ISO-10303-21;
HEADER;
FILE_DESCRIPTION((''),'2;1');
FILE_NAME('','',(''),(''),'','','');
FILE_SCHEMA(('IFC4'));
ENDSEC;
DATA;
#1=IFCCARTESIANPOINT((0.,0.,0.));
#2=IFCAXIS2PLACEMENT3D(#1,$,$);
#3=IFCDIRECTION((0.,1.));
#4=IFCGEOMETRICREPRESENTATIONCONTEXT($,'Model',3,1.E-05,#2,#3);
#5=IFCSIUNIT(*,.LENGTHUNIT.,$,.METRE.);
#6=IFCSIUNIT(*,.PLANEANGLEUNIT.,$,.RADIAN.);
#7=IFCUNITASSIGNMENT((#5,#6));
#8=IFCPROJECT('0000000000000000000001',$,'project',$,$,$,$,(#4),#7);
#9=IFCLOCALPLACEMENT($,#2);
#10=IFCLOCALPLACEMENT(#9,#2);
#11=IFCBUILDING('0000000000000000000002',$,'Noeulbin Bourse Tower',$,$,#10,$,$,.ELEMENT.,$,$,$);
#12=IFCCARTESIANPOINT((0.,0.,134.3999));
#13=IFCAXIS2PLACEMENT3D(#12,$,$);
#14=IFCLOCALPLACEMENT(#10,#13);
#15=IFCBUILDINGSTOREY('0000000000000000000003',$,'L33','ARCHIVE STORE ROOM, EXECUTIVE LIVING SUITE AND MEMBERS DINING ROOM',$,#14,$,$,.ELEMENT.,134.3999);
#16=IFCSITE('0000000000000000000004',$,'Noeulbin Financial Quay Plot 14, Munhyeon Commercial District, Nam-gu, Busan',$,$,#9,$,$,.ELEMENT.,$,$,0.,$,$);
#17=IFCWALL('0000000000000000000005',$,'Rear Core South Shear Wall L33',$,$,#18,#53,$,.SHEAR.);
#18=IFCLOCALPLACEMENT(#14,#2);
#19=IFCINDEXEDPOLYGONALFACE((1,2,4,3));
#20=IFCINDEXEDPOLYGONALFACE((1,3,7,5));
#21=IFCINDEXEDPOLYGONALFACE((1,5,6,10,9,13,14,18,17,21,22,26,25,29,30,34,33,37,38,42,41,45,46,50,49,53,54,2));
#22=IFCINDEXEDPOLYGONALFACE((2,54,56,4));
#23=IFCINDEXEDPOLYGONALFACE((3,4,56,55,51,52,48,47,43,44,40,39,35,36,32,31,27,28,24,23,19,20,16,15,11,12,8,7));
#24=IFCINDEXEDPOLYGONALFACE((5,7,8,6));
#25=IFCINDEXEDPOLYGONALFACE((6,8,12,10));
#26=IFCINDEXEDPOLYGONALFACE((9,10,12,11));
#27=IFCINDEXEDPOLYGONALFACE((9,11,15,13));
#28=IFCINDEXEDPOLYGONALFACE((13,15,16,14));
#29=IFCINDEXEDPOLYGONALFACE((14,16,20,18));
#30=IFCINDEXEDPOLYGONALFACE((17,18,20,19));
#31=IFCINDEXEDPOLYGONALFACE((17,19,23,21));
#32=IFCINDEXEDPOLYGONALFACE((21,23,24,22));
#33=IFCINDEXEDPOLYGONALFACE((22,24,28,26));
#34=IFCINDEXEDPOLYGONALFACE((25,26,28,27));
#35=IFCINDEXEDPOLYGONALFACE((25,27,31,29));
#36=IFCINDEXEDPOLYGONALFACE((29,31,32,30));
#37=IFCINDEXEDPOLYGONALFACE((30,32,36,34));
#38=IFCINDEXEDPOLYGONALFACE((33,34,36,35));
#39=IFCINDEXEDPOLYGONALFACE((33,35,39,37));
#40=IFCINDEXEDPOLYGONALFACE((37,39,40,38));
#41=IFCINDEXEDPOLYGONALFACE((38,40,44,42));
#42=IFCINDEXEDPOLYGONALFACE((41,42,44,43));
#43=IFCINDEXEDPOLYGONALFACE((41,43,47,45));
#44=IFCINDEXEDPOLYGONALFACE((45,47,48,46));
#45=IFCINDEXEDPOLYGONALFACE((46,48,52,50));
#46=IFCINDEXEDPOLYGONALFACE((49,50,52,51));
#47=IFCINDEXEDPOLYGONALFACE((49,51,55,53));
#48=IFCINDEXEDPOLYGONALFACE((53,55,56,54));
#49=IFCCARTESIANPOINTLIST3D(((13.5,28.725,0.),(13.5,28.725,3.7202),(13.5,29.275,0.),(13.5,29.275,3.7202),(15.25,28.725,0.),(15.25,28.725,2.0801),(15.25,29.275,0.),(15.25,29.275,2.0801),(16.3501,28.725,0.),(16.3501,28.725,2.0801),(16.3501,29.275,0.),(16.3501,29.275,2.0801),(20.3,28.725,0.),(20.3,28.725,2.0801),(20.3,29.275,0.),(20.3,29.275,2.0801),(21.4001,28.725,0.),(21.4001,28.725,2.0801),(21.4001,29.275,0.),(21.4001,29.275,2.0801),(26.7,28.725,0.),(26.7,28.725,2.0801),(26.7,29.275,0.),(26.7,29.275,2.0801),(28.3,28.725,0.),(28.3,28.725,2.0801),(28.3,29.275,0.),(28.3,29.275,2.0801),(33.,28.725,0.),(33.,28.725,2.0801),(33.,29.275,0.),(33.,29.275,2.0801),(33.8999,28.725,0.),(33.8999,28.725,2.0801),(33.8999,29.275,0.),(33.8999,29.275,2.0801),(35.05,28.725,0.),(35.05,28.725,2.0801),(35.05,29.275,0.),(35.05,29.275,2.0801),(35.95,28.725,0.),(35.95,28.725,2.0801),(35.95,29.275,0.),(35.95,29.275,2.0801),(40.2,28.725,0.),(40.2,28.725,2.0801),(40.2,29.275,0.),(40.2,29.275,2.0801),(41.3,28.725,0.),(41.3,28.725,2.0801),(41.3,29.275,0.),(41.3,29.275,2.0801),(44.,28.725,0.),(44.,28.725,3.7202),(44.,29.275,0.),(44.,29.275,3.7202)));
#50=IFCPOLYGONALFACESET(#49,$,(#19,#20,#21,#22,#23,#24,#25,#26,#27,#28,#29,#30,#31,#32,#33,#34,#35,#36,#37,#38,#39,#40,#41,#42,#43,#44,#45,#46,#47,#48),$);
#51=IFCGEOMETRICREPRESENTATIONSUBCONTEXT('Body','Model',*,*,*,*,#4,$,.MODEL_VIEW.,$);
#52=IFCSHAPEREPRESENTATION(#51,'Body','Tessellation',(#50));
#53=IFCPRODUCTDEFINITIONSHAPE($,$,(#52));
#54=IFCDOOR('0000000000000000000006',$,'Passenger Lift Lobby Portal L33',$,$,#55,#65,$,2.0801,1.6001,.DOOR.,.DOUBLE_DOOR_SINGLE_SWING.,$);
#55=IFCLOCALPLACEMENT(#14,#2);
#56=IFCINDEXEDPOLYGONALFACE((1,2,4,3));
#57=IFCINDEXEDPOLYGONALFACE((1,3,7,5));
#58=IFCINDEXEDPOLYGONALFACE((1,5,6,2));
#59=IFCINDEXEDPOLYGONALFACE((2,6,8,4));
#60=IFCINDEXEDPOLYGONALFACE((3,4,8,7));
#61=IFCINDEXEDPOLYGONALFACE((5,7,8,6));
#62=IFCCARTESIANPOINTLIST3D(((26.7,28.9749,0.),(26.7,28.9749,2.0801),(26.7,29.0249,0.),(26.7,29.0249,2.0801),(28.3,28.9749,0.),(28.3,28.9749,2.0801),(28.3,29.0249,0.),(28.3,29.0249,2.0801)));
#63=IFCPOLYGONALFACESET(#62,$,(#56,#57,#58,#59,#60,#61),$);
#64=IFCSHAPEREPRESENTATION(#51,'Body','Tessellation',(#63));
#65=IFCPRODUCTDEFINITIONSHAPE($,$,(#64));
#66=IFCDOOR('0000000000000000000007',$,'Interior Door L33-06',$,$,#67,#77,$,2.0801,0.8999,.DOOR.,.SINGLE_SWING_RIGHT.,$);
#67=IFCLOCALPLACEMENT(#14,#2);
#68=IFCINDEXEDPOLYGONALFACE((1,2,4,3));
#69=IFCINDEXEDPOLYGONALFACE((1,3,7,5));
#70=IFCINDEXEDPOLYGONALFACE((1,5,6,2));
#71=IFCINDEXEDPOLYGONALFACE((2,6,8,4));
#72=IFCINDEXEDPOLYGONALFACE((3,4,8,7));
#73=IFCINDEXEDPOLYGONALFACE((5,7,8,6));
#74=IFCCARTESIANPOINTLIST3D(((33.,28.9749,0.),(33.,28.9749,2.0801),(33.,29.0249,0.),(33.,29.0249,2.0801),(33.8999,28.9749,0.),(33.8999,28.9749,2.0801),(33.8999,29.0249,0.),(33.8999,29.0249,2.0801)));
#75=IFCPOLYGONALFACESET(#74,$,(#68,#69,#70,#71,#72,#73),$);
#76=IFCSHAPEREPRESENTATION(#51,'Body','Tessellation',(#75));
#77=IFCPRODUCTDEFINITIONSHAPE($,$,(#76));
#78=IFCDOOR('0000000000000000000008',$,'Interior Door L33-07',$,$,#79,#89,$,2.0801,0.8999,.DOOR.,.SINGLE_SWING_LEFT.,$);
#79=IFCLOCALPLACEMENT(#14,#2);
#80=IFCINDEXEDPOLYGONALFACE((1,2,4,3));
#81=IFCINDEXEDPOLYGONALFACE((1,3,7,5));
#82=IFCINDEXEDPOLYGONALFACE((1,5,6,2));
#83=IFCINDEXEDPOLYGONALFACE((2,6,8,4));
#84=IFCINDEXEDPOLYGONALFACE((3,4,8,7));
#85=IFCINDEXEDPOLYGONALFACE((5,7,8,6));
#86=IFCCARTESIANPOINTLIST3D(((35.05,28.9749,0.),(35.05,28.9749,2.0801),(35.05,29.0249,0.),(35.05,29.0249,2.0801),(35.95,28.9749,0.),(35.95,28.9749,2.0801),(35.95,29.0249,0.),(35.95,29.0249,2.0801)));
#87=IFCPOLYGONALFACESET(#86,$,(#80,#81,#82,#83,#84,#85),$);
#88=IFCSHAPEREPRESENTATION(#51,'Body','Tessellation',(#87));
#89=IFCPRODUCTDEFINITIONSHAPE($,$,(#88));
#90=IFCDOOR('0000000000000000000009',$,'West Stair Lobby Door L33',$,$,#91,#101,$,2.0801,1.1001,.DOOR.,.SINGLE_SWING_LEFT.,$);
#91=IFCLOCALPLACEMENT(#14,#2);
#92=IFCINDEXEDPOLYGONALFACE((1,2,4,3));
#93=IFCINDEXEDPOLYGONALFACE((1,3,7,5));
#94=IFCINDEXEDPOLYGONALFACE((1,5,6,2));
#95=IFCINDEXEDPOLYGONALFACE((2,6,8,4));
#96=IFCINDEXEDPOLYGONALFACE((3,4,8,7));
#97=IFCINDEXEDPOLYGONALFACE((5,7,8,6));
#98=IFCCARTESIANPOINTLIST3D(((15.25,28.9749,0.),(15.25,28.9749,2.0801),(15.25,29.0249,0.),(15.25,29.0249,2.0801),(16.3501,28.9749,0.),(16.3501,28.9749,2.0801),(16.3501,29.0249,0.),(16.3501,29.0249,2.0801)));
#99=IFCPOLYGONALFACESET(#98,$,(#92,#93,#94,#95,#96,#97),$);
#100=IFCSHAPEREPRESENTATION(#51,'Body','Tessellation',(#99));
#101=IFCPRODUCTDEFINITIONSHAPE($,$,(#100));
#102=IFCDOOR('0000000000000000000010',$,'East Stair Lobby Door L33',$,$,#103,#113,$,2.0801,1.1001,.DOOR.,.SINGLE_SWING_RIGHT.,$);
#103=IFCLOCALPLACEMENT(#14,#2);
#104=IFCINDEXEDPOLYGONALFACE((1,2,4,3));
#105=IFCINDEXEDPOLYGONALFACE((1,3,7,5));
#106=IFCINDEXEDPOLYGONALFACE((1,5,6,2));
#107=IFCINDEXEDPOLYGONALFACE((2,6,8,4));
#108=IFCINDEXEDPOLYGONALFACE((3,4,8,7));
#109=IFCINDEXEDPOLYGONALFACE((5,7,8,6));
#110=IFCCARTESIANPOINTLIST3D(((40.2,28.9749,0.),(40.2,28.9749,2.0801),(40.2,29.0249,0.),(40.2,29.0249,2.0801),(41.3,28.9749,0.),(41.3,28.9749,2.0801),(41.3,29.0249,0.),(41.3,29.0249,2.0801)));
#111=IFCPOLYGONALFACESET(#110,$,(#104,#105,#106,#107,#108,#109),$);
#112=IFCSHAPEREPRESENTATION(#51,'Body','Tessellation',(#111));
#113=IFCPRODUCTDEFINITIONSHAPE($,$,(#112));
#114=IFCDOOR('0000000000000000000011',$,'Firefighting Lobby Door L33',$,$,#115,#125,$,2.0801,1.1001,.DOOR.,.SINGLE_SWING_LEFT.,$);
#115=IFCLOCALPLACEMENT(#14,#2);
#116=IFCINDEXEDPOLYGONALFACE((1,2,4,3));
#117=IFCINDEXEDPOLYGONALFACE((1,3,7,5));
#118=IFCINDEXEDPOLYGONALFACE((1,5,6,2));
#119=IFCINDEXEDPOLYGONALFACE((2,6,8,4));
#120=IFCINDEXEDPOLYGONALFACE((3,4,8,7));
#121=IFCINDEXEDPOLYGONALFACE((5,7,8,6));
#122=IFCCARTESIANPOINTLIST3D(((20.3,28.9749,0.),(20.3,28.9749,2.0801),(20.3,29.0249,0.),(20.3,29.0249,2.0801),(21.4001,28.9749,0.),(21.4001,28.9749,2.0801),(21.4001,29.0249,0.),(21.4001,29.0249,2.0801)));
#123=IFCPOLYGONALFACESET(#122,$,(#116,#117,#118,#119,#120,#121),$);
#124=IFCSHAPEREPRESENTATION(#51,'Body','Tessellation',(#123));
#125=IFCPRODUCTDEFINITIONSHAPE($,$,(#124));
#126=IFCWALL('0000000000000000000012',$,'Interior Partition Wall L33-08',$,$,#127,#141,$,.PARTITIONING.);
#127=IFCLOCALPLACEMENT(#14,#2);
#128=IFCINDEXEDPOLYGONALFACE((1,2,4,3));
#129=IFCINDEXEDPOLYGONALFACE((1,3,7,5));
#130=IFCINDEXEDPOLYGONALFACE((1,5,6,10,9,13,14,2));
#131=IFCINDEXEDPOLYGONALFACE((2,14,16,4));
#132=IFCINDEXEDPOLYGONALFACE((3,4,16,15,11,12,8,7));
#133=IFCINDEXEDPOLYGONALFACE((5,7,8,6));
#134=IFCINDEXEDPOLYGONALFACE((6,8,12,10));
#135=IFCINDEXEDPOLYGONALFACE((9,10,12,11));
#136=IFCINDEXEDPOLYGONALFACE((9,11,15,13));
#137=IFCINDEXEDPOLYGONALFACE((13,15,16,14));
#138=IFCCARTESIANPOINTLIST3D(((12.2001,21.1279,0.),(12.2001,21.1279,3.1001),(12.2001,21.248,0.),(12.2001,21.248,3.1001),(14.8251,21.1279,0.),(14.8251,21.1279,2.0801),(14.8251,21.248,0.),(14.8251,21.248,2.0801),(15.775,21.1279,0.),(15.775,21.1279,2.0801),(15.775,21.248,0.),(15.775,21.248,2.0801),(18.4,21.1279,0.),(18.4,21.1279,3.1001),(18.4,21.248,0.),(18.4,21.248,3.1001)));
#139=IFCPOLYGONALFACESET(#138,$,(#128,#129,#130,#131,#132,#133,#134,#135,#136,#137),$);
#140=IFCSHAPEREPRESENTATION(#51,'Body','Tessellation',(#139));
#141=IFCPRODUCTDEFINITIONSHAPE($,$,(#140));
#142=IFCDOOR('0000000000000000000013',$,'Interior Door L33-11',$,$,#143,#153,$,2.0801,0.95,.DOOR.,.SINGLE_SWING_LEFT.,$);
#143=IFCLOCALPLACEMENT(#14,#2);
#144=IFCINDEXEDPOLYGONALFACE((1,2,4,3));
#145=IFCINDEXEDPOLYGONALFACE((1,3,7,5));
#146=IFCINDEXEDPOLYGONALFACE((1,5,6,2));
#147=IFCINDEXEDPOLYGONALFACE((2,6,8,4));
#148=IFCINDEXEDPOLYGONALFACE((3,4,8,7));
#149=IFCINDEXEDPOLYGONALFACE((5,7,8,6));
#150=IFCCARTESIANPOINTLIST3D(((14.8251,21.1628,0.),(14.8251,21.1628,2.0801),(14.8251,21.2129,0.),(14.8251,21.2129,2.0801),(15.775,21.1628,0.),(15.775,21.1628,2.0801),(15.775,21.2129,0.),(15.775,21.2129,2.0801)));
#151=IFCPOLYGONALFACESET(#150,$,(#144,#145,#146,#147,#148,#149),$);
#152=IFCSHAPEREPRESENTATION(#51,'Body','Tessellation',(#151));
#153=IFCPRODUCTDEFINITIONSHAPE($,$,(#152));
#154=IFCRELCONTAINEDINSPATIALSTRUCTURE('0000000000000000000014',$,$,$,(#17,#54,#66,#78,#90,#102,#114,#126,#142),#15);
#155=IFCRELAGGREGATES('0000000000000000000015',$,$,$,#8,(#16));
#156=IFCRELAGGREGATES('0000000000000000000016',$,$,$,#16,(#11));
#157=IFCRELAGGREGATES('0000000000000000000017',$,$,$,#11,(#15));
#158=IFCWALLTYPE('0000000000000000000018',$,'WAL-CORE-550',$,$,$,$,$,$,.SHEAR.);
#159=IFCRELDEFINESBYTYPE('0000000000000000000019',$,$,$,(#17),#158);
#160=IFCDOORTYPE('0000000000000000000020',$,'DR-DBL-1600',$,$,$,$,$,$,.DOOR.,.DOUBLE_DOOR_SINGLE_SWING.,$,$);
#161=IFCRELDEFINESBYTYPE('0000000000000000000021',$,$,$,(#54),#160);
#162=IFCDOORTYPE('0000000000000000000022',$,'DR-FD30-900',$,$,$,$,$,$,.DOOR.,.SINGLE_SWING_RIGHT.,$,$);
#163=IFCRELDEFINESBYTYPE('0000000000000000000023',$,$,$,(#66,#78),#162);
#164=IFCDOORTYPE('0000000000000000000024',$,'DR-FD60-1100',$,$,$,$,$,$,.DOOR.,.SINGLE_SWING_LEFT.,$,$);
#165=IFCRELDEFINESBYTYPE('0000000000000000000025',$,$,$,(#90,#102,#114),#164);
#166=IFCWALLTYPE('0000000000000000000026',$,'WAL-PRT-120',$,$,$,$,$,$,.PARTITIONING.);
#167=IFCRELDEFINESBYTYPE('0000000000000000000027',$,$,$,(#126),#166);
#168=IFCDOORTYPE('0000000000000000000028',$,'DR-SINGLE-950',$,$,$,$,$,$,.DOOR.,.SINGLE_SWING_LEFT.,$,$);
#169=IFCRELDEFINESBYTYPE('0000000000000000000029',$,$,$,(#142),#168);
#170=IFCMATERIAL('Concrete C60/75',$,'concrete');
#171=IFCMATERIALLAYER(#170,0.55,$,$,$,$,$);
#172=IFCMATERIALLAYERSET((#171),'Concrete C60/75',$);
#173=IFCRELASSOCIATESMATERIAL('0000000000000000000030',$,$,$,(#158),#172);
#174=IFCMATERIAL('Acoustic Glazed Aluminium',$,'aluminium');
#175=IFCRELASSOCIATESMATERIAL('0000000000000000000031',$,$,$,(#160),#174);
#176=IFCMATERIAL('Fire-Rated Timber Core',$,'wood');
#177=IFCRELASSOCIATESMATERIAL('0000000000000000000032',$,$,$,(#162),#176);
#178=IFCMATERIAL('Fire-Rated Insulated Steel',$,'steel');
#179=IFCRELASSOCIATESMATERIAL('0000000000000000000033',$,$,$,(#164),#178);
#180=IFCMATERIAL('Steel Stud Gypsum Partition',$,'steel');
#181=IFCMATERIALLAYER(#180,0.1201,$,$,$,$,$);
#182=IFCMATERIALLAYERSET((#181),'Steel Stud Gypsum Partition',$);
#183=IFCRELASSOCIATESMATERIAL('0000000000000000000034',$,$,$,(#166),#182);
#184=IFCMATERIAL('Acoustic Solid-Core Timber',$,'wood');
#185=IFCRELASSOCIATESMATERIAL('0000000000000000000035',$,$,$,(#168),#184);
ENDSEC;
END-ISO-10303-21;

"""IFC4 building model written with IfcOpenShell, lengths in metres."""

from ifc_helpers import new_model, si_unit, direction, frame, frame_2d, origin, place, context, subcontext, project, spatial, rectangle, extrude, material, layer, layer_set, type_object, element, fill, save


model = new_model("IFC4")

# Units and contexts
model_context = context("Model", 3, precision=1e-05, world=origin(), true_north=direction((0.0, 1.0)))
body_context = subcontext(model_context, "Body", "Model", "MODEL_VIEW")
ifc_project = project(units=[si_unit("LENGTHUNIT", "METRE"), si_unit("PLANEANGLEUNIT", "RADIAN")], contexts=[model_context])

# Site, building, storey
site_placement = place(None, origin())
site = spatial("IfcSite", under=ifc_project, at=site_placement, Name="Noeulbin Financial Quay Plot 14, Munhyeon Commercial District, Nam-gu, Busan", CompositionType="ELEMENT", RefElevation=0.0)
building_placement = place(site_placement, origin())
building = spatial("IfcBuilding", under=site, at=building_placement, Name="Noeulbin Bourse Tower", CompositionType="ELEMENT")
storey_placement = place(building_placement, frame((0.0, 0.0, 134.3999)))
storey = spatial("IfcBuildingStorey", under=building, at=storey_placement, Name="L33", Description="ARCHIVE STORE ROOM, EXECUTIVE LIVING SUITE AND MEMBERS DINING ROOM", CompositionType="ELEMENT", Elevation=134.3999)

# Wall, openings, doors
ifc_material_1 = material(Name="Concrete C60/75", Category="concrete")
ifc_layer_1 = layer(ifc_material_1, 0.55)
ifc_layer_set_1 = layer_set([ifc_layer_1], Name="Concrete C60/75")
wall_type_1 = type_object("IfcWallType", Name="WAL-CORE-550", PredefinedType="SHEAR", material=ifc_layer_set_1)
wall_1_placement = place(storey_placement, frame((13.5, 29.0, 0.0), z_axis=(0.0, 0.0, 1.0), x_axis=(1.0, 0.0, 0.0)))
wall_1 = element("IfcWall", 1, at=wall_1_placement, inside=storey, type_object=wall_type_1, Name="Rear Core South Shear Wall L33", PredefinedType="SHEAR", context=body_context, shape_type="SweptSolid", body=[
    extrude(rectangle(XDim=30.5, YDim=0.55, at=frame_2d((15.25, 0.0))), origin(), (0.0, 0.0, 1.0), 3.7202),
])
opening_1_placement = place(wall_1_placement, frame((1.75, 0.0, 0.0)))
opening_1 = element("IfcOpeningElement", 2, at=opening_1_placement, cuts=wall_1, PredefinedType="OPENING", context=body_context, shape_type="SweptSolid", body=[
    extrude(rectangle(XDim=1.1001, YDim=2.0801, at=frame_2d((0.55, 1.04))), frame((0.0, 0.2849, 0.0), z_axis=(0.0, -1.0, 0.0), x_axis=(1.0, 0.0, 0.0)), (0.0, 0.0, 1.0), 0.5701),
])
opening_2_placement = place(wall_1_placement, frame((26.7, 0.0, 0.0)))
opening_2 = element("IfcOpeningElement", 3, at=opening_2_placement, cuts=wall_1, PredefinedType="OPENING", context=body_context, shape_type="SweptSolid", body=[
    extrude(rectangle(XDim=1.1001, YDim=2.0801, at=frame_2d((0.55, 1.04))), frame((0.0, 0.2849, 0.0), z_axis=(0.0, -1.0, 0.0), x_axis=(1.0, 0.0, 0.0)), (0.0, 0.0, 1.0), 0.5701),
])
opening_3_placement = place(wall_1_placement, frame((6.8, 0.0, 0.0)))
opening_3 = element("IfcOpeningElement", 4, at=opening_3_placement, cuts=wall_1, PredefinedType="OPENING", context=body_context, shape_type="SweptSolid", body=[
    extrude(rectangle(XDim=1.1001, YDim=2.0801, at=frame_2d((0.55, 1.04))), frame((0.0, 0.2849, 0.0), z_axis=(0.0, -1.0, 0.0), x_axis=(1.0, 0.0, 0.0)), (0.0, 0.0, 1.0), 0.5701),
])
opening_4_placement = place(wall_1_placement, frame((13.2, 0.0, 0.0)))
opening_4 = element("IfcOpeningElement", 5, at=opening_4_placement, cuts=wall_1, PredefinedType="OPENING", context=body_context, shape_type="SweptSolid", body=[
    extrude(rectangle(XDim=1.6001, YDim=2.0801, at=frame_2d((0.8, 1.04))), frame((0.0, 0.2849, 0.0), z_axis=(0.0, -1.0, 0.0), x_axis=(1.0, 0.0, 0.0)), (0.0, 0.0, 1.0), 0.5701),
])
opening_5_placement = place(wall_1_placement, frame((19.5, 0.0, 0.0)))
opening_5 = element("IfcOpeningElement", 6, at=opening_5_placement, cuts=wall_1, PredefinedType="OPENING", context=body_context, shape_type="SweptSolid", body=[
    extrude(rectangle(XDim=0.8999, YDim=2.0801, at=frame_2d((0.45, 1.04))), frame((0.0, 0.2849, 0.0), z_axis=(0.0, -1.0, 0.0), x_axis=(1.0, 0.0, 0.0)), (0.0, 0.0, 1.0), 0.5701),
])
opening_6_placement = place(wall_1_placement, frame((21.55, 0.0, 0.0)))
opening_6 = element("IfcOpeningElement", 7, at=opening_6_placement, cuts=wall_1, PredefinedType="OPENING", context=body_context, shape_type="SweptSolid", body=[
    extrude(rectangle(XDim=0.8999, YDim=2.0801, at=frame_2d((0.45, 1.04))), frame((0.0, 0.2849, 0.0), z_axis=(0.0, -1.0, 0.0), x_axis=(1.0, 0.0, 0.0)), (0.0, 0.0, 1.0), 0.5701),
])
ifc_material_2 = material(Name="Acoustic Glazed Aluminium", Category="aluminium")
door_type_1 = type_object("IfcDoorType", Name="DR-DBL-1600", OperationType="DOUBLE_DOOR_SINGLE_SWING", PredefinedType="DOOR", material=ifc_material_2)
door_1_placement = place(opening_4_placement, origin())
door_1 = element("IfcDoor", 8, at=door_1_placement, inside=storey, type_object=door_type_1, Name="Passenger Lift Lobby Portal L33", OperationType="DOUBLE_DOOR_SINGLE_SWING", OverallHeight=2.0801, OverallWidth=1.6001, PredefinedType="DOOR", context=body_context, shape_type="SweptSolid", body=[
    extrude(rectangle(XDim=1.6001, YDim=2.0801, at=frame_2d((0.8, 1.04))), frame((0.0, 0.0249, 0.0), z_axis=(0.0, -1.0, 0.0), x_axis=(1.0, 0.0, 0.0)), (0.0, 0.0, 1.0), 0.05),
])
fill(opening_4, door_1)
ifc_material_3 = material(Name="Fire-Rated Timber Core", Category="wood")
door_type_2 = type_object("IfcDoorType", Name="DR-FD30-900", OperationType="SINGLE_SWING_RIGHT", PredefinedType="DOOR", material=ifc_material_3)
door_2_placement = place(opening_5_placement, origin())
door_2 = element("IfcDoor", 9, at=door_2_placement, inside=storey, type_object=door_type_2, Name="Interior Door L33-06", OperationType="SINGLE_SWING_RIGHT", OverallHeight=2.0801, OverallWidth=0.8999, PredefinedType="DOOR", context=body_context, shape_type="SweptSolid", body=[
    extrude(rectangle(XDim=0.8999, YDim=2.0801, at=frame_2d((0.45, 1.04))), frame((0.0, 0.0249, 0.0), z_axis=(0.0, -1.0, 0.0), x_axis=(1.0, 0.0, 0.0)), (0.0, 0.0, 1.0), 0.05),
])
fill(opening_5, door_2)
door_3_placement = place(opening_6_placement, origin())
door_3 = element("IfcDoor", 10, at=door_3_placement, inside=storey, type_object=door_type_2, Name="Interior Door L33-07", OperationType="SINGLE_SWING_LEFT", OverallHeight=2.0801, OverallWidth=0.8999, PredefinedType="DOOR", context=body_context, shape_type="SweptSolid", body=[
    extrude(rectangle(XDim=0.8999, YDim=2.0801, at=frame_2d((0.45, 1.04))), frame((0.0, 0.0249, 0.0), z_axis=(0.0, -1.0, 0.0), x_axis=(1.0, 0.0, 0.0)), (0.0, 0.0, 1.0), 0.05),
])
fill(opening_6, door_3)
ifc_material_4 = material(Name="Fire-Rated Insulated Steel", Category="steel")
door_type_3 = type_object("IfcDoorType", Name="DR-FD60-1100", OperationType="SINGLE_SWING_LEFT", PredefinedType="DOOR", material=ifc_material_4)
door_4_placement = place(opening_1_placement, origin())
door_4 = element("IfcDoor", 11, at=door_4_placement, inside=storey, type_object=door_type_3, Name="West Stair Lobby Door L33", OperationType="SINGLE_SWING_LEFT", OverallHeight=2.0801, OverallWidth=1.1001, PredefinedType="DOOR", context=body_context, shape_type="SweptSolid", body=[
    extrude(rectangle(XDim=1.1001, YDim=2.0801, at=frame_2d((0.55, 1.04))), frame((0.0, 0.0249, 0.0), z_axis=(0.0, -1.0, 0.0), x_axis=(1.0, 0.0, 0.0)), (0.0, 0.0, 1.0), 0.05),
])
fill(opening_1, door_4)
door_5_placement = place(opening_2_placement, origin())
door_5 = element("IfcDoor", 12, at=door_5_placement, inside=storey, type_object=door_type_3, Name="East Stair Lobby Door L33", OperationType="SINGLE_SWING_RIGHT", OverallHeight=2.0801, OverallWidth=1.1001, PredefinedType="DOOR", context=body_context, shape_type="SweptSolid", body=[
    extrude(rectangle(XDim=1.1001, YDim=2.0801, at=frame_2d((0.55, 1.04))), frame((0.0, 0.0249, 0.0), z_axis=(0.0, -1.0, 0.0), x_axis=(1.0, 0.0, 0.0)), (0.0, 0.0, 1.0), 0.05),
])
fill(opening_2, door_5)
door_6_placement = place(opening_3_placement, origin())
door_6 = element("IfcDoor", 13, at=door_6_placement, inside=storey, type_object=door_type_3, Name="Firefighting Lobby Door L33", OperationType="SINGLE_SWING_LEFT", OverallHeight=2.0801, OverallWidth=1.1001, PredefinedType="DOOR", context=body_context, shape_type="SweptSolid", body=[
    extrude(rectangle(XDim=1.1001, YDim=2.0801, at=frame_2d((0.55, 1.04))), frame((0.0, 0.0249, 0.0), z_axis=(0.0, -1.0, 0.0), x_axis=(1.0, 0.0, 0.0)), (0.0, 0.0, 1.0), 0.05),
])
fill(opening_3, door_6)

# Wall, opening, door
ifc_material_5 = material(Name="Steel Stud Gypsum Partition", Category="steel")
ifc_layer_2 = layer(ifc_material_5, 0.1201)
ifc_layer_set_2 = layer_set([ifc_layer_2], Name="Steel Stud Gypsum Partition")
wall_type_2 = type_object("IfcWallType", Name="WAL-PRT-120", PredefinedType="PARTITIONING", material=ifc_layer_set_2)
wall_2_placement = place(storey_placement, frame((12.2, 21.188, 0.0), z_axis=(0.0, 0.0, 1.0), x_axis=(1.0, 0.0, 0.0)))
wall_2 = element("IfcWall", 14, at=wall_2_placement, inside=storey, type_object=wall_type_2, Name="Interior Partition Wall L33-08", PredefinedType="PARTITIONING", context=body_context, shape_type="SweptSolid", body=[
    extrude(rectangle(XDim=6.2, YDim=0.1201, at=frame_2d((3.1001, 0.0))), origin(), (0.0, 0.0, 1.0), 3.1001),
])
opening_7_placement = place(wall_2_placement, frame((2.625, 0.0, 0.0)))
opening_7 = element("IfcOpeningElement", 15, at=opening_7_placement, cuts=wall_2, PredefinedType="OPENING", context=body_context, shape_type="SweptSolid", body=[
    extrude(rectangle(XDim=0.95, YDim=2.0801, at=frame_2d((0.4751, 1.04))), frame((0.0, 0.0701, 0.0), z_axis=(0.0, -1.0, 0.0), x_axis=(1.0, 0.0, 0.0)), (0.0, 0.0, 1.0), 0.1401),
])
ifc_material_6 = material(Name="Acoustic Solid-Core Timber", Category="wood")
door_type_4 = type_object("IfcDoorType", Name="DR-SINGLE-950", OperationType="SINGLE_SWING_LEFT", PredefinedType="DOOR", material=ifc_material_6)
door_7_placement = place(opening_7_placement, origin())
door_7 = element("IfcDoor", 16, at=door_7_placement, inside=storey, type_object=door_type_4, Name="Interior Door L33-11", OperationType="SINGLE_SWING_LEFT", OverallHeight=2.0801, OverallWidth=0.95, PredefinedType="DOOR", context=body_context, shape_type="SweptSolid", body=[
    extrude(rectangle(XDim=0.95, YDim=2.0801, at=frame_2d((0.4751, 1.04))), frame((0.0, 0.0249, 0.0), z_axis=(0.0, -1.0, 0.0), x_axis=(1.0, 0.0, 0.0)), (0.0, 0.0, 1.0), 0.05),
])
fill(opening_7, door_7)

save(model, "model.ifc")
